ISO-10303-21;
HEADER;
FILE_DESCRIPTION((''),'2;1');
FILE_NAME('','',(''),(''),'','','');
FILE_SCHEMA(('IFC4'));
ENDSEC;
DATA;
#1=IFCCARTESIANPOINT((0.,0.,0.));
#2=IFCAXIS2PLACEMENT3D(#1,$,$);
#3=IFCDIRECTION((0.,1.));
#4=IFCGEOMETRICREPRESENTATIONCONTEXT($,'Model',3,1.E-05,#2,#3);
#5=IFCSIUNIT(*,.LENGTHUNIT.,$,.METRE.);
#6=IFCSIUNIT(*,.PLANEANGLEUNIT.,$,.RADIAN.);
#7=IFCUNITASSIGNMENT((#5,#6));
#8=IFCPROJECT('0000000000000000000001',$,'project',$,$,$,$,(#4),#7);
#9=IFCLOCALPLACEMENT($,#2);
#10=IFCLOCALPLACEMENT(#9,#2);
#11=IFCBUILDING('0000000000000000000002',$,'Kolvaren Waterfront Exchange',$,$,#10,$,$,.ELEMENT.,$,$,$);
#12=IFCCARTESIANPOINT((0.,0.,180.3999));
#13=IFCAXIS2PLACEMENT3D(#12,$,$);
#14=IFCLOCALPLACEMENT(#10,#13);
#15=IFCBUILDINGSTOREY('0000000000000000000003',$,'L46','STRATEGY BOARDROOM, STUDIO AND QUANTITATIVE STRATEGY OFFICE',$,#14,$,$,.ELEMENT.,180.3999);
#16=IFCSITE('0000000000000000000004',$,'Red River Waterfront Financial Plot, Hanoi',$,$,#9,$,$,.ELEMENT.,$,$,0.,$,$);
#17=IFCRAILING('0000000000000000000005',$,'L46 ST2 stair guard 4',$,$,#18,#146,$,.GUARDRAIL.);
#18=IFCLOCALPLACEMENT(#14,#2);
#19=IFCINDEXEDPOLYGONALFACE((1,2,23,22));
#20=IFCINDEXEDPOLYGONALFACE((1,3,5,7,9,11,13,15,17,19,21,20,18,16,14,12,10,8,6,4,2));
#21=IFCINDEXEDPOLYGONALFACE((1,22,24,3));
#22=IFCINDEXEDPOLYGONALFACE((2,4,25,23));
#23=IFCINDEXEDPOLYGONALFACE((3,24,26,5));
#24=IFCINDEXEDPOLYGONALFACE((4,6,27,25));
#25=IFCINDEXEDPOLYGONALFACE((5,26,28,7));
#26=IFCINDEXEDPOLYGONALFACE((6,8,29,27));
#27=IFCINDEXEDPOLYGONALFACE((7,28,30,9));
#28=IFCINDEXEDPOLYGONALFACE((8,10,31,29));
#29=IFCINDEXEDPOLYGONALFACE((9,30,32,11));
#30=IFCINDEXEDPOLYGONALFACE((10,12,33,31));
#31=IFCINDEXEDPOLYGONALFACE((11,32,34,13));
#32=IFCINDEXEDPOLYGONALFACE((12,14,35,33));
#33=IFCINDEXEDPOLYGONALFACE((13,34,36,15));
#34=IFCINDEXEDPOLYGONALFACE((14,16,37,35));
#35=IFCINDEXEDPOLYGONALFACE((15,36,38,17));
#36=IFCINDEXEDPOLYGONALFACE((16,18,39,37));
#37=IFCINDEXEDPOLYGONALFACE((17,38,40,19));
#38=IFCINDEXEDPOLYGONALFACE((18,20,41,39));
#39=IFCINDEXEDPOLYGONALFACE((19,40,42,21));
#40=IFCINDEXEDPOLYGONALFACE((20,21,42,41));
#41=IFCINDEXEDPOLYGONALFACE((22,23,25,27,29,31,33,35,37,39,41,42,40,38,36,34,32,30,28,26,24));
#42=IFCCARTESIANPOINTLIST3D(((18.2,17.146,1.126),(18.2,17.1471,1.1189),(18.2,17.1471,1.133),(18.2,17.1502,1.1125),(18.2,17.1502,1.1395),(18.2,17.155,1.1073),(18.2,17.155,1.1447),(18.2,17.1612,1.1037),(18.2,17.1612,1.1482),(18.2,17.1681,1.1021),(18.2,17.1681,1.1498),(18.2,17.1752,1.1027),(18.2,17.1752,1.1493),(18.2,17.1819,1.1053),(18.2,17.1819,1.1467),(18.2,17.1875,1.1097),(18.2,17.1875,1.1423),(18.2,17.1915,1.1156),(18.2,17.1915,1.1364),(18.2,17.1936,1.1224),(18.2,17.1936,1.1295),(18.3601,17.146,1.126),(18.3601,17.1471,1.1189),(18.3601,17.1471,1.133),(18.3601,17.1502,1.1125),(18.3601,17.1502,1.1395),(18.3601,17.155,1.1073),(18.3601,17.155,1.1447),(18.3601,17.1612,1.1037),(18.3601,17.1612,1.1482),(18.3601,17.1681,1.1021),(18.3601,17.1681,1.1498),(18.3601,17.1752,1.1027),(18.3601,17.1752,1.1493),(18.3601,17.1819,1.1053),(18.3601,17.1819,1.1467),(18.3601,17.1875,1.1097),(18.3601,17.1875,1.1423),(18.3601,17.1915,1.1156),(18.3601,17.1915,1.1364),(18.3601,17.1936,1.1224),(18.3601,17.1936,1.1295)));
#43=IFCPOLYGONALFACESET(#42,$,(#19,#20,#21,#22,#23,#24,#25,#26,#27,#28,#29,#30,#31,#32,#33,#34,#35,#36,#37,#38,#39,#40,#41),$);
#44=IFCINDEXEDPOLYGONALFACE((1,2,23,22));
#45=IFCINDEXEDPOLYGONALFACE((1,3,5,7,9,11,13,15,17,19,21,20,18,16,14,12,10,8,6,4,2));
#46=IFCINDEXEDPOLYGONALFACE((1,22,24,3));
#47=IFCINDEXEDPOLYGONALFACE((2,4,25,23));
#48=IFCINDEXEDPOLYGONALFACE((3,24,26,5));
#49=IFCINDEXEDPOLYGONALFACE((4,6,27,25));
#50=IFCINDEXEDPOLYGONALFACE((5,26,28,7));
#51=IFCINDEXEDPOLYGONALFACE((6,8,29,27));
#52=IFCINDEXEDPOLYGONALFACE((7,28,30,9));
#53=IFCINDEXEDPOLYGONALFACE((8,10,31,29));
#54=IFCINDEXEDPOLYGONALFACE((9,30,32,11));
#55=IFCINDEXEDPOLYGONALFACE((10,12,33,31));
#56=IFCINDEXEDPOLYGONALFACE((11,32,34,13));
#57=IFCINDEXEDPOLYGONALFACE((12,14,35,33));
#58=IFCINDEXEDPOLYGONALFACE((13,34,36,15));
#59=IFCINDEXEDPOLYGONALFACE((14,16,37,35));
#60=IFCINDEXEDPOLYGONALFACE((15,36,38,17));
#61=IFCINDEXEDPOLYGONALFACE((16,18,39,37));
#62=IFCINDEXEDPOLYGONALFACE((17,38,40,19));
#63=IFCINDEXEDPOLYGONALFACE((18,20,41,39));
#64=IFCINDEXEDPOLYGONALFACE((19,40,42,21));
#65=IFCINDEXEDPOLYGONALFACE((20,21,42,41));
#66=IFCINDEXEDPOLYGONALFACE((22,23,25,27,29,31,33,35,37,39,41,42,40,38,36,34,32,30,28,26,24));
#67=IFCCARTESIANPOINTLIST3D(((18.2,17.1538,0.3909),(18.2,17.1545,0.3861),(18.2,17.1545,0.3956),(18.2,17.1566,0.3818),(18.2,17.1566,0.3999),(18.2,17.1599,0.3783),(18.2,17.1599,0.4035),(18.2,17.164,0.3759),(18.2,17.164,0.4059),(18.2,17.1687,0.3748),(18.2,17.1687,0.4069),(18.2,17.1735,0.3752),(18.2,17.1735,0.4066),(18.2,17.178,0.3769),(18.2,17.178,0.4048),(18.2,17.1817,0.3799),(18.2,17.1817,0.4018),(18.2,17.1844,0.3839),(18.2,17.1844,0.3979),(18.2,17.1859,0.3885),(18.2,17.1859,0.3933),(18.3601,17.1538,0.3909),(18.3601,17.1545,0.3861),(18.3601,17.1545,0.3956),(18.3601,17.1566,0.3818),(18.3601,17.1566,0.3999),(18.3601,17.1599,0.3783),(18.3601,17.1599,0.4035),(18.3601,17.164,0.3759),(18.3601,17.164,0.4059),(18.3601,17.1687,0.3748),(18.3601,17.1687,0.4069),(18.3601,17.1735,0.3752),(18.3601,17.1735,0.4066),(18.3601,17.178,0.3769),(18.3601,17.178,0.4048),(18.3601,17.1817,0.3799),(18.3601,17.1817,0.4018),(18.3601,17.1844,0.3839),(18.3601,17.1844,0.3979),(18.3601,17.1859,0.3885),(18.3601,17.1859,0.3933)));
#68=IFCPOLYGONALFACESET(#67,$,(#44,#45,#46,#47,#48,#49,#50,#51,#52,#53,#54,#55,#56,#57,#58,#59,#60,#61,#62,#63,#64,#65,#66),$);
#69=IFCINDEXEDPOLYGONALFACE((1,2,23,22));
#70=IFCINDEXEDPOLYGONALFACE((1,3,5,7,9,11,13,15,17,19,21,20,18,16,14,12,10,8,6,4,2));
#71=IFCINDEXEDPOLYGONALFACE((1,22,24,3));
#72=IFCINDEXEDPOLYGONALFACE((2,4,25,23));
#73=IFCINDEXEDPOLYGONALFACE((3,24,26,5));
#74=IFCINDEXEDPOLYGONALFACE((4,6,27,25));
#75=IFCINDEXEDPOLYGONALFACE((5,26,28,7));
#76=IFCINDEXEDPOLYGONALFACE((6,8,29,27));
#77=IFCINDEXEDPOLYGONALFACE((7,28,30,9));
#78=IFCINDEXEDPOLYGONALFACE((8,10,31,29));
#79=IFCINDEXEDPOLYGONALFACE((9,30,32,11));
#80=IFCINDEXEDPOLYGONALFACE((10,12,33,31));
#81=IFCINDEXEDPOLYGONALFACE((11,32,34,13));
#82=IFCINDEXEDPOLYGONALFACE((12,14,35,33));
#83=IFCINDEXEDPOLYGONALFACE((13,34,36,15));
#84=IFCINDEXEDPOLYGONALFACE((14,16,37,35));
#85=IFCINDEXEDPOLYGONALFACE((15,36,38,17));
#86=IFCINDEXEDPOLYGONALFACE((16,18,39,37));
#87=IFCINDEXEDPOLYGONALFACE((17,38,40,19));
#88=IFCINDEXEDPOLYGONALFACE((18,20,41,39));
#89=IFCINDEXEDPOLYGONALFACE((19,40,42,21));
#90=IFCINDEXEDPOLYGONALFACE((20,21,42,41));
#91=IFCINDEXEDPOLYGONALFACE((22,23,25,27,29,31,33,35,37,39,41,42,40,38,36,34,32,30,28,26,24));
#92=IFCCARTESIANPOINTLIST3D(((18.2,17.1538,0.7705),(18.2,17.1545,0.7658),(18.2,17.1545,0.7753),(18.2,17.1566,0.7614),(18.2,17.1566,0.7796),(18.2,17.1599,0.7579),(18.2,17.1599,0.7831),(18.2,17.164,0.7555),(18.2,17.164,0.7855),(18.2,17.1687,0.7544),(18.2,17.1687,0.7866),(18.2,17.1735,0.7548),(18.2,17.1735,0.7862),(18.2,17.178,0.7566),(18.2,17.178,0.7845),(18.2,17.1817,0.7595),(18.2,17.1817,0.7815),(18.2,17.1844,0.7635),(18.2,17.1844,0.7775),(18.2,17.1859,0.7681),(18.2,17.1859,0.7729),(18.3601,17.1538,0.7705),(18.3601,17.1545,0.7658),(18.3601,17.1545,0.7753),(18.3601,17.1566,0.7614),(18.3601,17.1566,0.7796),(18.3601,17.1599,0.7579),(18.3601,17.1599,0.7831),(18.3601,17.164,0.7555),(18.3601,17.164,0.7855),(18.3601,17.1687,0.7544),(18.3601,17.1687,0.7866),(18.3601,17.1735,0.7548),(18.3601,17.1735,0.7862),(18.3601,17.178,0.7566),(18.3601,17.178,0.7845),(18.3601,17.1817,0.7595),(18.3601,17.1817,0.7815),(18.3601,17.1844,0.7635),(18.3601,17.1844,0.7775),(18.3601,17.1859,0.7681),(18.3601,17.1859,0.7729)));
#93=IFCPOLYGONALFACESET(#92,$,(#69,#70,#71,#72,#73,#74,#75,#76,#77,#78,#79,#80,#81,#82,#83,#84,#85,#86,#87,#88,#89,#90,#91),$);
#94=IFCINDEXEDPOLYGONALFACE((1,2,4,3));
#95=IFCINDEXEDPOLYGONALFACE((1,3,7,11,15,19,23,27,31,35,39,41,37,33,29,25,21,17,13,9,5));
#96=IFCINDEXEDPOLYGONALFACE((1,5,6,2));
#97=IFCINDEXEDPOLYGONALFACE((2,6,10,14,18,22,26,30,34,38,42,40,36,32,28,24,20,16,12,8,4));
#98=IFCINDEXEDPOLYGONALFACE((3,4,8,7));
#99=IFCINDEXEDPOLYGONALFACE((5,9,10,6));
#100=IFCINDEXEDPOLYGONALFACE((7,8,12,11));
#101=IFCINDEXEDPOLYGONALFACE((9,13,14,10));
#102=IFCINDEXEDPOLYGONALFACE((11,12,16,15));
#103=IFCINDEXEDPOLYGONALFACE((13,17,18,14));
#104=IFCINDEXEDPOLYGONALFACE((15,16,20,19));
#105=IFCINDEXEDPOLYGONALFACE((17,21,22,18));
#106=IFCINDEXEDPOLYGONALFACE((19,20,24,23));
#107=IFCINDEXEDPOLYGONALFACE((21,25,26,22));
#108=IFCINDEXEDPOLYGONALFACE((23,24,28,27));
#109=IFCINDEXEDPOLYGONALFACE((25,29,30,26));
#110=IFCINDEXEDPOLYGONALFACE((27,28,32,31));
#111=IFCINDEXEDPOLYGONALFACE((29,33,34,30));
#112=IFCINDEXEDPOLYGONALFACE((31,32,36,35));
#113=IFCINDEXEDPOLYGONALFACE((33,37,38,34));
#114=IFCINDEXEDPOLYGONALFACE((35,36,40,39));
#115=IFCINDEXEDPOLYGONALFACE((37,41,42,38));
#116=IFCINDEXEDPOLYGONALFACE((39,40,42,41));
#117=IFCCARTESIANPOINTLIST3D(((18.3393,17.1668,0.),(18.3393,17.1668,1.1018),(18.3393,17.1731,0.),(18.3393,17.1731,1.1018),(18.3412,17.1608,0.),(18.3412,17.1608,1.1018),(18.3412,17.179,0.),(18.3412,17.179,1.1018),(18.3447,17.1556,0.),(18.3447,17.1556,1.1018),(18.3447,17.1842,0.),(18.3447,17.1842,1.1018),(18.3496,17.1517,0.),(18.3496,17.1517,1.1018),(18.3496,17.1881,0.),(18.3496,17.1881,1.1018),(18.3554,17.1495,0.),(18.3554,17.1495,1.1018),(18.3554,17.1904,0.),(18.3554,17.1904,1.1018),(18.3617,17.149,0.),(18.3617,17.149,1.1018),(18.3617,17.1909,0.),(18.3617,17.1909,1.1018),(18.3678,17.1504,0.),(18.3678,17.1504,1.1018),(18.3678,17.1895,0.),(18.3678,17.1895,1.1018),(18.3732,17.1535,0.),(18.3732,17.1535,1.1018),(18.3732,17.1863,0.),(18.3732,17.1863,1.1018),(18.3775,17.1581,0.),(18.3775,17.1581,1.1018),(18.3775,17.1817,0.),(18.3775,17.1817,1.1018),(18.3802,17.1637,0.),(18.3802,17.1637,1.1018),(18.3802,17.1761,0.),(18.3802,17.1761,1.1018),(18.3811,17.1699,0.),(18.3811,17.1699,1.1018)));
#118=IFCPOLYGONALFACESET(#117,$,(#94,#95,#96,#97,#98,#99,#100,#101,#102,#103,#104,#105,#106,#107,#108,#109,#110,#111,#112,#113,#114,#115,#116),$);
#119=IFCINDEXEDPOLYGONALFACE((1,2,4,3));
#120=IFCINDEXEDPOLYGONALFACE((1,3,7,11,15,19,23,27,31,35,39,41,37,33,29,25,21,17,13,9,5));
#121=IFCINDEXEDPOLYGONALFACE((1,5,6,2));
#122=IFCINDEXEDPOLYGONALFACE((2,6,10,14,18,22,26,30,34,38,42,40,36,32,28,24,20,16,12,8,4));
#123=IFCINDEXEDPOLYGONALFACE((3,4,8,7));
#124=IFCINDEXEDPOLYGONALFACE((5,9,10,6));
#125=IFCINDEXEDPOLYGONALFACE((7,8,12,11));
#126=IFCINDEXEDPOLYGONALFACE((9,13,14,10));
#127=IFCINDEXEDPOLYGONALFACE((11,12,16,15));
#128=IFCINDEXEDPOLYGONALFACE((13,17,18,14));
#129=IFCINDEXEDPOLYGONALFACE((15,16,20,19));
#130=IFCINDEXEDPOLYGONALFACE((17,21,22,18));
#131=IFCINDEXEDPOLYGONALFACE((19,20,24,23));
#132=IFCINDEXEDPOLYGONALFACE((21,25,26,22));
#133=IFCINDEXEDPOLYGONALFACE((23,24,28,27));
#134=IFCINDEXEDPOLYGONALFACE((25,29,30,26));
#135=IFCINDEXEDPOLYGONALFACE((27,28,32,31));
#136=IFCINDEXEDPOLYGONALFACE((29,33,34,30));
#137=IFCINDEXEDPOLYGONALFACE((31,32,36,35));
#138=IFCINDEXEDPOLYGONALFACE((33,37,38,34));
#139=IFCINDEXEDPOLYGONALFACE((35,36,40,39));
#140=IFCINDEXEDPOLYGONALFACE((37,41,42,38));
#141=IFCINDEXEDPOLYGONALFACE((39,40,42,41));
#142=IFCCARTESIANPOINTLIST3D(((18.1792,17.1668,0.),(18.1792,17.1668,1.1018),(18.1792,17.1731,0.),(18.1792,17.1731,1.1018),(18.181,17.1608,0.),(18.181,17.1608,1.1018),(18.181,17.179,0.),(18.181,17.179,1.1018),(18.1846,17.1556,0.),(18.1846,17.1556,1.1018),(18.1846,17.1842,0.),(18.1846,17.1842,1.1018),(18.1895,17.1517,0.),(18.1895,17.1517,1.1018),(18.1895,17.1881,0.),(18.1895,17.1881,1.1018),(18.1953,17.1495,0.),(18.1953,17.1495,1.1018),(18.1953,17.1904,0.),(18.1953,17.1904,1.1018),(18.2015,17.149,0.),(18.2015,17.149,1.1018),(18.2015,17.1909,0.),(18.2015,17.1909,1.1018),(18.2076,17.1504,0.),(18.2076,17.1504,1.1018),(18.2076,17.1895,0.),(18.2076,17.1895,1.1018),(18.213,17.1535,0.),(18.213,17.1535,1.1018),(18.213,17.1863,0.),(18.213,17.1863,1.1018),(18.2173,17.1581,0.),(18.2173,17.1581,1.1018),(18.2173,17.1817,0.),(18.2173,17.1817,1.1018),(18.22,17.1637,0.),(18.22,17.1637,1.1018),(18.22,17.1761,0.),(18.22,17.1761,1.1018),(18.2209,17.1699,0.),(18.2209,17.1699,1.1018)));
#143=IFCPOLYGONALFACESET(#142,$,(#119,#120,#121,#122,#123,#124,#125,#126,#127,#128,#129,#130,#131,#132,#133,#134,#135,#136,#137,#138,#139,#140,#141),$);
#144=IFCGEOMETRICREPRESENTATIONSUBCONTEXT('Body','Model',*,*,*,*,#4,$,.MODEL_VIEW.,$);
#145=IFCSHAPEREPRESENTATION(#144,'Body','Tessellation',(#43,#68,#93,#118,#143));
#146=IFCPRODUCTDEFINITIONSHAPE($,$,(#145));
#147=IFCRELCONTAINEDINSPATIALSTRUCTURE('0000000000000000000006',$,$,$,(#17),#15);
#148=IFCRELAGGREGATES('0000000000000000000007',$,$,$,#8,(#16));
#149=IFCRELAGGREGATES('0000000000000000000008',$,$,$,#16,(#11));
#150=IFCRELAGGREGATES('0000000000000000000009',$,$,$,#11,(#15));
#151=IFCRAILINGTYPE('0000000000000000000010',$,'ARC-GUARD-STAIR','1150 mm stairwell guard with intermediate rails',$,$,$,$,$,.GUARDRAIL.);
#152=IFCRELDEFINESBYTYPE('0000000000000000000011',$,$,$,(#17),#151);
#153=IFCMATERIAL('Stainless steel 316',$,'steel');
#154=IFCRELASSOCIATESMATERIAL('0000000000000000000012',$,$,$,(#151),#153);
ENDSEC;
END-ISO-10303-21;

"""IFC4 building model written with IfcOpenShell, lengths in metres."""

from ifc_helpers import new_model, si_unit, direction, frame, origin, origin_2d, place, context, subcontext, project, spatial, circle, extrude, material, type_object, element, save


model = new_model("IFC4")

# Units and contexts
model_context = context("Model", 3, precision=1e-05, world=origin(), true_north=direction((0.0, 1.0)))
body_context = subcontext(model_context, "Body", "Model", "MODEL_VIEW")
ifc_project = project(units=[si_unit("LENGTHUNIT", "METRE"), si_unit("PLANEANGLEUNIT", "RADIAN")], contexts=[model_context])

# Site, building, storey
site_placement = place(None, origin())
site = spatial("IfcSite", under=ifc_project, at=site_placement, Name="Red River Waterfront Financial Plot, Hanoi", CompositionType="ELEMENT", RefElevation=0.0)
building_placement = place(site_placement, origin())
building = spatial("IfcBuilding", under=site, at=building_placement, Name="Kolvaren Waterfront Exchange", CompositionType="ELEMENT")
storey_placement = place(building_placement, frame((0.0, 0.0, 180.3999)))
storey = spatial("IfcBuildingStorey", under=building, at=storey_placement, Name="L46", Description="STRATEGY BOARDROOM, STUDIO AND QUANTITATIVE STRATEGY OFFICE", CompositionType="ELEMENT", Elevation=180.3999)

# Railing
ifc_material_1 = material(Name="Stainless steel 316", Category="steel")
railing_type_1 = type_object("IfcRailingType", Name="ARC-GUARD-STAIR", Description="1150 mm stairwell guard with intermediate rails", PredefinedType="GUARDRAIL", material=ifc_material_1)
railing_1_placement = place(storey_placement, frame((18.3601, 17.1699, 0.0)))
element("IfcRailing", 1, at=railing_1_placement, inside=storey, type_object=railing_type_1, Name="L46 ST2 stair guard 4", PredefinedType="GUARDRAIL", context=body_context, shape_type="SweptSolid", body=[
    extrude(circle(Radius=0.0239, at=origin_2d()), frame((0.0, 0.0, 1.126), z_axis=(-1.0, 0.0, 0.0), x_axis=(0.0, -1.0, 0.0)), (0.0, 0.0, 1.0), 0.1602),
    extrude(circle(Radius=0.0161, at=origin_2d()), frame((0.0, 0.0, 0.3909), z_axis=(-1.0, 0.0, 0.0), x_axis=(0.0, -1.0, 0.0)), (0.0, 0.0, 1.0), 0.1602),
    extrude(circle(Radius=0.0161, at=origin_2d()), frame((0.0, 0.0, 0.7705), z_axis=(-1.0, 0.0, 0.0), x_axis=(0.0, -1.0, 0.0)), (0.0, 0.0, 1.0), 0.1602),
    extrude(circle(Radius=0.021, at=origin_2d()), origin(), (0.0, 0.0, 1.0), 1.1018),
    extrude(circle(Radius=0.021, at=origin_2d()), frame((-0.1602, 0.0, 0.0)), (0.0, 0.0, 1.0), 1.1018),
])

save(model, "model.ifc")
